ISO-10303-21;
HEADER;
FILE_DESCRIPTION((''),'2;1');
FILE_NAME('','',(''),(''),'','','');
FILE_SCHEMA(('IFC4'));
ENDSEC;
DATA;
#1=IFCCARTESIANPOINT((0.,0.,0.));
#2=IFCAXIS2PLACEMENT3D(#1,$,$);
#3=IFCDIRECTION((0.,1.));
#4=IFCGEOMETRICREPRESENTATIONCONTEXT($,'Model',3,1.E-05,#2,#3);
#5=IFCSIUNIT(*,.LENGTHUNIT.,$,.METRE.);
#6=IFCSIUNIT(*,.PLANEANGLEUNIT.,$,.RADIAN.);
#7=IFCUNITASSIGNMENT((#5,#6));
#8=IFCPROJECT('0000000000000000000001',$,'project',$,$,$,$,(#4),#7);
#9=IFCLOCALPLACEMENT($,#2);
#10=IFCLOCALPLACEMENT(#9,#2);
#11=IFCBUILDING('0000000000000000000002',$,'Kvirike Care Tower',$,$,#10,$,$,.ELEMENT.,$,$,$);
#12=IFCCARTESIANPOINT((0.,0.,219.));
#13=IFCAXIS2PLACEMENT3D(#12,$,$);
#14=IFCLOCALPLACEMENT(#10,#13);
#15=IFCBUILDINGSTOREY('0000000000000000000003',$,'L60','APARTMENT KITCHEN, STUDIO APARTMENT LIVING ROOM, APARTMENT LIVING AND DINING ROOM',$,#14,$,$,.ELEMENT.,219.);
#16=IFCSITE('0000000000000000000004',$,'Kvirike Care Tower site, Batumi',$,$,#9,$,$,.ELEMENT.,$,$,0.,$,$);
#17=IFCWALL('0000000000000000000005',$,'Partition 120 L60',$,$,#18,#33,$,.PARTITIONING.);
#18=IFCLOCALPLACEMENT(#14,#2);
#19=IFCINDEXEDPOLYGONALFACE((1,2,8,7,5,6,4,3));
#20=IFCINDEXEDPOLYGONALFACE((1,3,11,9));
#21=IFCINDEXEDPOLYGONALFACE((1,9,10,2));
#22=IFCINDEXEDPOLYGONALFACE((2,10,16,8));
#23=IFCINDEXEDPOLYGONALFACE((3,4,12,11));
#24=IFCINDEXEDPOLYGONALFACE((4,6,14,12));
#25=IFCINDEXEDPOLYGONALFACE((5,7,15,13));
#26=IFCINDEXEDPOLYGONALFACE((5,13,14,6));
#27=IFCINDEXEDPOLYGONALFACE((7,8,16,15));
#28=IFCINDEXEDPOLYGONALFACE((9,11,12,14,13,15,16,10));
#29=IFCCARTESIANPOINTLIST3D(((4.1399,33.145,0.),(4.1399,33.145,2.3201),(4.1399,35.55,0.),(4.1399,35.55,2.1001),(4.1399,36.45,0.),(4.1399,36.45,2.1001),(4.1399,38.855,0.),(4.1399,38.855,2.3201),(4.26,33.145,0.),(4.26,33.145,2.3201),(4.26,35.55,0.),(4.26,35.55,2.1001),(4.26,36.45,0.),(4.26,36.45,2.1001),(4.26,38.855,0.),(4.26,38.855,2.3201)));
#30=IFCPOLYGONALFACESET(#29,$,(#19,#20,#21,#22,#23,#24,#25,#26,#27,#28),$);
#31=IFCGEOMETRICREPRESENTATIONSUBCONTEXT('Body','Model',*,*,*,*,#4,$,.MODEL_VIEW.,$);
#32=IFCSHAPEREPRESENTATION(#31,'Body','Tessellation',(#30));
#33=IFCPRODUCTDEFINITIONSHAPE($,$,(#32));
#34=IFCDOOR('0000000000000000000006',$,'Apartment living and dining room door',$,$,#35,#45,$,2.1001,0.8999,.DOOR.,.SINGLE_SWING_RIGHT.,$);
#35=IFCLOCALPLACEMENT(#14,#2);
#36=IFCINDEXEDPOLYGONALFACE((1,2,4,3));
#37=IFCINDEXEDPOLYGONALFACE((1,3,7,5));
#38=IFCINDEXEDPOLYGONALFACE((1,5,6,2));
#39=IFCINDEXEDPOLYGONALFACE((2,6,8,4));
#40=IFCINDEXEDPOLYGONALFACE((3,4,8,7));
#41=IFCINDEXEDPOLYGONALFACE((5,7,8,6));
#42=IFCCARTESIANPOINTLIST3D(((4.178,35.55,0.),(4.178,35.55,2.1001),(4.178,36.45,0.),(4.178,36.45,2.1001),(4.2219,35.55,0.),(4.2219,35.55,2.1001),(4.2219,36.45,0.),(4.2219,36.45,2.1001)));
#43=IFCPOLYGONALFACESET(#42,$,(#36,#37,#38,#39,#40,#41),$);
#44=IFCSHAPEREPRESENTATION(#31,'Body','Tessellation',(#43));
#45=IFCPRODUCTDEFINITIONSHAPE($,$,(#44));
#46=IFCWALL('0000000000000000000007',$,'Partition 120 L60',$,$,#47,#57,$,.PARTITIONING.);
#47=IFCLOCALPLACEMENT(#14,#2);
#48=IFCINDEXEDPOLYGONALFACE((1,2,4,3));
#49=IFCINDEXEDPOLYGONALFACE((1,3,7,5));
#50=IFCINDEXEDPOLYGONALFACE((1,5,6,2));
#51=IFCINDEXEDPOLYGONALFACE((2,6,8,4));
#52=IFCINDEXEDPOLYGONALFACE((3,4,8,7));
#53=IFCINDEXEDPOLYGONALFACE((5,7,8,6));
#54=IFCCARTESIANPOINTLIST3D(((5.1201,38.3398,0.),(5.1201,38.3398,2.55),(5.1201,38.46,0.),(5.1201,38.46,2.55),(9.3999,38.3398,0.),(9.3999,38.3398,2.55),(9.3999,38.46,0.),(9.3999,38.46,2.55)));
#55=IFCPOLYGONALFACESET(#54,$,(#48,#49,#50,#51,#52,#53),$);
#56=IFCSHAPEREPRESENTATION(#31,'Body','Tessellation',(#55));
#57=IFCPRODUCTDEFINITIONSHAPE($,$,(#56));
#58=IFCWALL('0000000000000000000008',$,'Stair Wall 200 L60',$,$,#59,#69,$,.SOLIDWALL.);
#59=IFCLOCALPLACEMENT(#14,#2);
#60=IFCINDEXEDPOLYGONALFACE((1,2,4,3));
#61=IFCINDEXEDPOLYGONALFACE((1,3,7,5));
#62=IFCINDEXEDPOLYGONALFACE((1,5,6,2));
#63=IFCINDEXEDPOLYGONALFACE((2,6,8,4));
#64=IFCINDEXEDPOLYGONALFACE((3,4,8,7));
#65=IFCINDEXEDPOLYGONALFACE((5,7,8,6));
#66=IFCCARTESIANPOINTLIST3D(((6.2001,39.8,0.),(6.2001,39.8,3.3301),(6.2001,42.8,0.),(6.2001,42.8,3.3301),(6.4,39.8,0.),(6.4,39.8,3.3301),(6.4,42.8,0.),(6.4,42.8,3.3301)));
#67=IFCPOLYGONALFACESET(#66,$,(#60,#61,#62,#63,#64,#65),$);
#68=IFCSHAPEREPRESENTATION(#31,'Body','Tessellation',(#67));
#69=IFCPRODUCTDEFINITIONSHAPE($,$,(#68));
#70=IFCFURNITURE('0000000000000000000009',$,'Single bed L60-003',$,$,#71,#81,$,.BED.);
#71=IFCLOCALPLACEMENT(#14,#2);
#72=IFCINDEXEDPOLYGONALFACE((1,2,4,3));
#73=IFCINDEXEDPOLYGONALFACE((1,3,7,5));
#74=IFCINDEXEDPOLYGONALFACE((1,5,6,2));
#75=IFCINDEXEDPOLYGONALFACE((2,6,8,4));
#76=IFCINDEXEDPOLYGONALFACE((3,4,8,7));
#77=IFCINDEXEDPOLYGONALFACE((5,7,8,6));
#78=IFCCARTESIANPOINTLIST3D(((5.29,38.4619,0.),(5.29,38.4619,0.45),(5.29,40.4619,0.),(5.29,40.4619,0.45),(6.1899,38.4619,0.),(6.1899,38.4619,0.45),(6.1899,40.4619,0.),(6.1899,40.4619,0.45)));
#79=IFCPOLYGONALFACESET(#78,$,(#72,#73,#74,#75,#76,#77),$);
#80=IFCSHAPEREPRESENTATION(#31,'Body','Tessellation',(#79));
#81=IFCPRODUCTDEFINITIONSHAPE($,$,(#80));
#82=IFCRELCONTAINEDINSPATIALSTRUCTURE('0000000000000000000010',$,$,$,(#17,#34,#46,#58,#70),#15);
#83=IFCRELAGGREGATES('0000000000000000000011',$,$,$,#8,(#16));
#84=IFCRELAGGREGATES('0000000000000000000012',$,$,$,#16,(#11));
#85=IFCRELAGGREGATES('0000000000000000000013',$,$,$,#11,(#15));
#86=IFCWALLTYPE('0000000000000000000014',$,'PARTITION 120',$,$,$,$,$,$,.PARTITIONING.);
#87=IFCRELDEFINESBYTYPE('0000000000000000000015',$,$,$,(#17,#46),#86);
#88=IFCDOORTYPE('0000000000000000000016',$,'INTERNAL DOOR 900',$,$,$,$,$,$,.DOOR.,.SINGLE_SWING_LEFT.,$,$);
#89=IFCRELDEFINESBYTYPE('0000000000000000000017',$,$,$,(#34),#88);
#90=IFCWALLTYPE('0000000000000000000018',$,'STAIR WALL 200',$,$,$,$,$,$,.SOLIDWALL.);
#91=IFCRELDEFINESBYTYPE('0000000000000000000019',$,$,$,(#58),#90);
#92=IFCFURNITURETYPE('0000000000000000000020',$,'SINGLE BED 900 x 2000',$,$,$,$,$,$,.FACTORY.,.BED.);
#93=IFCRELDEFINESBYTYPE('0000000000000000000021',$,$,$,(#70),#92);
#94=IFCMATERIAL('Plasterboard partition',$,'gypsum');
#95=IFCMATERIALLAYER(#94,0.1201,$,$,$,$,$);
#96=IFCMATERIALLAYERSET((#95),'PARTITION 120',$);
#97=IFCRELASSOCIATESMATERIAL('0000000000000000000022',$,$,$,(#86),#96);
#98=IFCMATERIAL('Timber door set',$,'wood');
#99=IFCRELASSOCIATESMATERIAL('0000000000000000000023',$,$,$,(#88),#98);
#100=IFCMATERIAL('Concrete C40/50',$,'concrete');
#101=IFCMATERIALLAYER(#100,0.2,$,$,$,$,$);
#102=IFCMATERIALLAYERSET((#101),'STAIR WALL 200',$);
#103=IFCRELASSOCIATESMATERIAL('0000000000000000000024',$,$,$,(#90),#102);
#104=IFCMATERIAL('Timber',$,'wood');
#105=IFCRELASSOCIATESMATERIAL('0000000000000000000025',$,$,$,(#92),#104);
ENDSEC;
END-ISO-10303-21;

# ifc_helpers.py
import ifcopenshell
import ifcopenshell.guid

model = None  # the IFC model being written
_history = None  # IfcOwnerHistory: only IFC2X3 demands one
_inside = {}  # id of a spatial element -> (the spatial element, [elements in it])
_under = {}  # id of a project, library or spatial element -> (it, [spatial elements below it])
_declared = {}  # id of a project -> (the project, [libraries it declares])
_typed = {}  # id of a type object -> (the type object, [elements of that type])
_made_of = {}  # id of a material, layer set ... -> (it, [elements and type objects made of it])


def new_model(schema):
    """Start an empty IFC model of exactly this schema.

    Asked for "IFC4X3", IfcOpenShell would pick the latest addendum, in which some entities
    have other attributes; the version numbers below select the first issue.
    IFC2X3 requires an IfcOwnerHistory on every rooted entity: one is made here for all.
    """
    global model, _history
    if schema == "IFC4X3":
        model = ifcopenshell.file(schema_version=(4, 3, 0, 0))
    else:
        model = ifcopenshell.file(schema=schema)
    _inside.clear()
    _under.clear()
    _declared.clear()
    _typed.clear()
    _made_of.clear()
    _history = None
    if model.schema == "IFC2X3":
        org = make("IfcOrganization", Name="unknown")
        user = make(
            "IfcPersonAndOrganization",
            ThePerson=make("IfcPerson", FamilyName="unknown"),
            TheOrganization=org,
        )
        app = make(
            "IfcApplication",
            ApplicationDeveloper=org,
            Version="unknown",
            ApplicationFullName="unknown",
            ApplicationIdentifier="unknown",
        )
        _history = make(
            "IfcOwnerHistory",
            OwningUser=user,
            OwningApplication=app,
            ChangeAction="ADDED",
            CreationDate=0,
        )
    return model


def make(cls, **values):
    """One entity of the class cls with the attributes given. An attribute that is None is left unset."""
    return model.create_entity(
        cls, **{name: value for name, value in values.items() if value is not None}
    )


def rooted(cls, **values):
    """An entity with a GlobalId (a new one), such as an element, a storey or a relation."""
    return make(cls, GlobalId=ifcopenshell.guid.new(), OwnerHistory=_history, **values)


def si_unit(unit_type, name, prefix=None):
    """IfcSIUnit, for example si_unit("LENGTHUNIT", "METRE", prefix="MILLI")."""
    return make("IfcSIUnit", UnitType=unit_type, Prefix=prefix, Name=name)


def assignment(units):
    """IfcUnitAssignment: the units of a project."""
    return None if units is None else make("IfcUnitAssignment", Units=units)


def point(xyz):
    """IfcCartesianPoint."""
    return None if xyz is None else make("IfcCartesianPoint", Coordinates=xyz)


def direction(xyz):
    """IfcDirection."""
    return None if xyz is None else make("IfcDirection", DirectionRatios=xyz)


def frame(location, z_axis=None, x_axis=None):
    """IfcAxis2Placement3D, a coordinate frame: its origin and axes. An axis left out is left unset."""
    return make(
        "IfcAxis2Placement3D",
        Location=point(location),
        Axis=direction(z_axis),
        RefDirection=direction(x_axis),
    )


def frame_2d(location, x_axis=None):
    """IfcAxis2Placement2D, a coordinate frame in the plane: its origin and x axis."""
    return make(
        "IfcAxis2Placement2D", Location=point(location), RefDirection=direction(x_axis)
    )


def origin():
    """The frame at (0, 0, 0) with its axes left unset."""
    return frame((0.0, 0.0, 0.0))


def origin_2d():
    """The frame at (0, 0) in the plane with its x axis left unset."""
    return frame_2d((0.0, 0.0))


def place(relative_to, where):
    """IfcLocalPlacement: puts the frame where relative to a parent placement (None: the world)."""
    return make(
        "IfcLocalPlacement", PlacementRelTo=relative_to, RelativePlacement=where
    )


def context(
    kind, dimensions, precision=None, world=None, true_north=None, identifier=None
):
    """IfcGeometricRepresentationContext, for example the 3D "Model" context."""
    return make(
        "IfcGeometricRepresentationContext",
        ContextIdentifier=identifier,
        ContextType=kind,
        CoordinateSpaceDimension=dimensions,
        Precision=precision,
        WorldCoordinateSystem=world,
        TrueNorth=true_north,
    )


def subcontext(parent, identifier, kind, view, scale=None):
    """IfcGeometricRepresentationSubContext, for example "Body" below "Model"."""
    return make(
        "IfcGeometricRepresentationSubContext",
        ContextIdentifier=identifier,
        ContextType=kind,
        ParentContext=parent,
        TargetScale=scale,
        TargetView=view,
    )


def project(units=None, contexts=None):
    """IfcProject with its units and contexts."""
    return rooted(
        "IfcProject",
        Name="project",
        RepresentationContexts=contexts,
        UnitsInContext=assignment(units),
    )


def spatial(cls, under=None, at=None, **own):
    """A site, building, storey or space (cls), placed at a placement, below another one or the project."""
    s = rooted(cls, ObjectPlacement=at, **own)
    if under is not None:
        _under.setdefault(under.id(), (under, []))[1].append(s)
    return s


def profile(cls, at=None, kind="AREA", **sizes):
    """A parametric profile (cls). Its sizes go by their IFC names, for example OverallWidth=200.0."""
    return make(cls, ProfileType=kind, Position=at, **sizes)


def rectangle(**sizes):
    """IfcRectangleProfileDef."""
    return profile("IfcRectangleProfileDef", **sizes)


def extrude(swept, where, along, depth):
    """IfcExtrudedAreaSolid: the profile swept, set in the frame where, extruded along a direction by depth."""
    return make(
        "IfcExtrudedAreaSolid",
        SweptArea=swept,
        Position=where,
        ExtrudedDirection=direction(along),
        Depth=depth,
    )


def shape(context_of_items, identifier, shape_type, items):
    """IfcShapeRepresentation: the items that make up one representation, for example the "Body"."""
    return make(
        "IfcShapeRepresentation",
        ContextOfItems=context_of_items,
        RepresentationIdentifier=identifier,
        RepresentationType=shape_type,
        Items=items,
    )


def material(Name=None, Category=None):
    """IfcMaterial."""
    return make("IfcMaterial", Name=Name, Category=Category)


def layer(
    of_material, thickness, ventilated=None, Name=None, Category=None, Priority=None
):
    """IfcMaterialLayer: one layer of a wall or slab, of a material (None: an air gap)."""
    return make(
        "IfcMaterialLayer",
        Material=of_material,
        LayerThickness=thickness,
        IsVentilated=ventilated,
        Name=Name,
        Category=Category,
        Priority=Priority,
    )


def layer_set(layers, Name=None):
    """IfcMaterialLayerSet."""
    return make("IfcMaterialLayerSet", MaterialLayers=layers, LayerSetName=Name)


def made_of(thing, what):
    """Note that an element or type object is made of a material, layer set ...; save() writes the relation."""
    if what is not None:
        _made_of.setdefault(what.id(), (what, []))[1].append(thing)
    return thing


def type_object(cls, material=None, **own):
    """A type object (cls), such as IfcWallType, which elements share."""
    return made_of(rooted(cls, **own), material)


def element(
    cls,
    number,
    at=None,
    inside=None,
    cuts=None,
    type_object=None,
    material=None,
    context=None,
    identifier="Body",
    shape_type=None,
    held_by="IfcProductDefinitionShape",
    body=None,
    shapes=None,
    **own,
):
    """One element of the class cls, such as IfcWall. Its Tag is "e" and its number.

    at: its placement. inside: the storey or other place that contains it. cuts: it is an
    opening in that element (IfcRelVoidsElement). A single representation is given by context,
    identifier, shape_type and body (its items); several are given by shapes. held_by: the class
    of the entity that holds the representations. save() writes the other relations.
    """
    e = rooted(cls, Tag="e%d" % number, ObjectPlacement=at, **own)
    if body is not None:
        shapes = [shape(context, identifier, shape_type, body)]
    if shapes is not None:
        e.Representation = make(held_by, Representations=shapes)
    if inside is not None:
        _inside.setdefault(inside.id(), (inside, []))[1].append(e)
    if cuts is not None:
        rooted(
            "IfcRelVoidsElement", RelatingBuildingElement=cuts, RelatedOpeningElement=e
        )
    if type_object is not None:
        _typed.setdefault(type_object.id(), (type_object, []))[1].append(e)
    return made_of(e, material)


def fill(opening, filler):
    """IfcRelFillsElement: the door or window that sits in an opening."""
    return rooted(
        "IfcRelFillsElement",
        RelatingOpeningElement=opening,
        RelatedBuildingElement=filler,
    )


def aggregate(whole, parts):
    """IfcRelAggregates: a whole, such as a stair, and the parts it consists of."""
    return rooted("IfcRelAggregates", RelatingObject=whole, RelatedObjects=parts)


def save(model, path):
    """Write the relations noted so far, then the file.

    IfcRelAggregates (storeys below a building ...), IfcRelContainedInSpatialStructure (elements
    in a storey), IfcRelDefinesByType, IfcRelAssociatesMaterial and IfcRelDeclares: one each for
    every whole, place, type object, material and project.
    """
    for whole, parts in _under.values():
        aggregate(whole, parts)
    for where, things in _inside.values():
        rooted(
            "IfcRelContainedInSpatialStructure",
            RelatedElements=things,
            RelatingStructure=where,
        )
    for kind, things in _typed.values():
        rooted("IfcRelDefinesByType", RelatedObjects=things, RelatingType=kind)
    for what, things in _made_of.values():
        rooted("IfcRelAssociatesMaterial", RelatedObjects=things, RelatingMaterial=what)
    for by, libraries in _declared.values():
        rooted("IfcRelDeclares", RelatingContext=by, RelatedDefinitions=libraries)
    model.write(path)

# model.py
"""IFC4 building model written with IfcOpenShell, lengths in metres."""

from ifc_helpers import new_model, si_unit, direction, frame, frame_2d, origin, origin_2d, place, context, subcontext, project, spatial, rectangle, extrude, material, layer, layer_set, type_object, element, fill, save


model = new_model("IFC4")

# Units and contexts
model_context = context("Model", 3, precision=1e-05, world=origin(), true_north=direction((0.0, 1.0)))
body_context = subcontext(model_context, "Body", "Model", "MODEL_VIEW")
ifc_project = project(units=[si_unit("LENGTHUNIT", "METRE"), si_unit("PLANEANGLEUNIT", "RADIAN")], contexts=[model_context])

# Site, building, storey
site_placement = place(None, origin())
site = spatial("IfcSite", under=ifc_project, at=site_placement, Name="Kvirike Care Tower site, Batumi", CompositionType="ELEMENT", RefElevation=0.0)
building_placement = place(site_placement, origin())
building = spatial("IfcBuilding", under=site, at=building_placement, Name="Kvirike Care Tower", CompositionType="ELEMENT")
storey_placement = place(building_placement, frame((0.0, 0.0, 219.0)))
storey = spatial("IfcBuildingStorey", under=building, at=storey_placement, Name="L60", Description="APARTMENT KITCHEN, STUDIO APARTMENT LIVING ROOM, APARTMENT LIVING AND DINING ROOM", CompositionType="ELEMENT", Elevation=219.0)

# Wall, opening, door
ifc_material_1 = material(Name="Plasterboard partition", Category="gypsum")
ifc_layer_1 = layer(ifc_material_1, 0.1201)
ifc_layer_set_1 = layer_set([ifc_layer_1], Name="PARTITION 120")
wall_type_1 = type_object("IfcWallType", Name="PARTITION 120", PredefinedType="PARTITIONING", material=ifc_layer_set_1)
wall_1_placement = place(storey_placement, frame((4.2, 38.855, 0.0), z_axis=(0.0, 0.0, 1.0), x_axis=(0.0, -1.0, 0.0)))
wall_1 = element("IfcWall", 1, at=wall_1_placement, inside=storey, type_object=wall_type_1, Name="Partition 120 L60", PredefinedType="PARTITIONING", context=body_context, shape_type="SweptSolid", body=[
    extrude(rectangle(XDim=5.71, YDim=0.1201, at=frame_2d((2.855, 0.0))), origin(), (0.0, 0.0, 1.0), 2.3201),
])
opening_placement = place(wall_1_placement, frame((2.405, 0.0, 0.0)))
opening = element("IfcOpeningElement", 2, at=opening_placement, cuts=wall_1, PredefinedType="OPENING", context=body_context, shape_type="SweptSolid", body=[
    extrude(rectangle(XDim=0.8999, YDim=2.1001, at=frame_2d((0.45, 1.05))), frame((0.0, 0.0706, 0.0), z_axis=(0.0, -1.0, 0.0), x_axis=(1.0, 0.0, 0.0)), (0.0, 0.0, 1.0), 0.1411),
])
ifc_material_2 = material(Name="Timber door set", Category="wood")
door_type = type_object("IfcDoorType", Name="INTERNAL DOOR 900", OperationType="SINGLE_SWING_LEFT", PredefinedType="DOOR", material=ifc_material_2)
door_placement = place(opening_placement, frame((0.8999, 0.0, 0.0), z_axis=(0.0, 0.0, 1.0), x_axis=(-1.0, 0.0, 0.0)))
door = element("IfcDoor", 3, at=door_placement, inside=storey, type_object=door_type, Name="Apartment living and dining room door", OperationType="SINGLE_SWING_RIGHT", OverallHeight=2.1001, OverallWidth=0.8999, PredefinedType="DOOR", context=body_context, shape_type="SweptSolid", body=[
    extrude(rectangle(XDim=0.8999, YDim=2.1001, at=frame_2d((0.45, 1.05))), frame((0.0, 0.022, 0.0), z_axis=(0.0, -1.0, 0.0), x_axis=(1.0, 0.0, 0.0)), (0.0, 0.0, 1.0), 0.0439),
])
fill(opening, door)

# Walls
wall_2_placement = place(storey_placement, frame((5.1201, 38.3999, 0.0), z_axis=(0.0, 0.0, 1.0), x_axis=(1.0, 0.0, 0.0)))
element("IfcWall", 4, at=wall_2_placement, inside=storey, type_object=wall_type_1, Name="Partition 120 L60", PredefinedType="PARTITIONING", context=body_context, shape_type="SweptSolid", body=[
    extrude(rectangle(XDim=4.2798, YDim=0.1201, at=frame_2d((2.1399, 0.0))), origin(), (0.0, 0.0, 1.0), 2.55),
])
ifc_material_3 = material(Name="Concrete C40/50", Category="concrete")
ifc_layer_2 = layer(ifc_material_3, 0.2)
ifc_layer_set_2 = layer_set([ifc_layer_2], Name="STAIR WALL 200")
wall_type_2 = type_object("IfcWallType", Name="STAIR WALL 200", PredefinedType="SOLIDWALL", material=ifc_layer_set_2)
wall_3_placement = place(storey_placement, frame((6.3, 42.8, 0.0), z_axis=(0.0, 0.0, 1.0), x_axis=(0.0, -1.0, 0.0)))
element("IfcWall", 5, at=wall_3_placement, inside=storey, type_object=wall_type_2, Name="Stair Wall 200 L60", PredefinedType="SOLIDWALL", context=body_context, shape_type="SweptSolid", body=[
    extrude(rectangle(XDim=3.0, YDim=0.2, at=frame_2d((1.5, 0.0))), origin(), (0.0, 0.0, 1.0), 3.3301),
])

# Furniture
ifc_material_4 = material(Name="Timber", Category="wood")
furniture_type = type_object("IfcFurnitureType", Name="SINGLE BED 900 x 2000", AssemblyPlace="FACTORY", PredefinedType="BED", material=ifc_material_4)
furniture_placement = place(storey_placement, frame((5.74, 39.4619, 0.0), z_axis=(0.0, 0.0, 1.0), x_axis=(-1.0, 0.0, 0.0)))
element("IfcFurniture", 6, at=furniture_placement, inside=storey, type_object=furniture_type, Name="Single bed L60-003", PredefinedType="BED", context=body_context, shape_type="SweptSolid", body=[
    extrude(rectangle(XDim=0.8999, YDim=2.0, at=origin_2d()), origin(), (0.0, 0.0, 1.0), 0.45),
])

save(model, "model.ifc")
